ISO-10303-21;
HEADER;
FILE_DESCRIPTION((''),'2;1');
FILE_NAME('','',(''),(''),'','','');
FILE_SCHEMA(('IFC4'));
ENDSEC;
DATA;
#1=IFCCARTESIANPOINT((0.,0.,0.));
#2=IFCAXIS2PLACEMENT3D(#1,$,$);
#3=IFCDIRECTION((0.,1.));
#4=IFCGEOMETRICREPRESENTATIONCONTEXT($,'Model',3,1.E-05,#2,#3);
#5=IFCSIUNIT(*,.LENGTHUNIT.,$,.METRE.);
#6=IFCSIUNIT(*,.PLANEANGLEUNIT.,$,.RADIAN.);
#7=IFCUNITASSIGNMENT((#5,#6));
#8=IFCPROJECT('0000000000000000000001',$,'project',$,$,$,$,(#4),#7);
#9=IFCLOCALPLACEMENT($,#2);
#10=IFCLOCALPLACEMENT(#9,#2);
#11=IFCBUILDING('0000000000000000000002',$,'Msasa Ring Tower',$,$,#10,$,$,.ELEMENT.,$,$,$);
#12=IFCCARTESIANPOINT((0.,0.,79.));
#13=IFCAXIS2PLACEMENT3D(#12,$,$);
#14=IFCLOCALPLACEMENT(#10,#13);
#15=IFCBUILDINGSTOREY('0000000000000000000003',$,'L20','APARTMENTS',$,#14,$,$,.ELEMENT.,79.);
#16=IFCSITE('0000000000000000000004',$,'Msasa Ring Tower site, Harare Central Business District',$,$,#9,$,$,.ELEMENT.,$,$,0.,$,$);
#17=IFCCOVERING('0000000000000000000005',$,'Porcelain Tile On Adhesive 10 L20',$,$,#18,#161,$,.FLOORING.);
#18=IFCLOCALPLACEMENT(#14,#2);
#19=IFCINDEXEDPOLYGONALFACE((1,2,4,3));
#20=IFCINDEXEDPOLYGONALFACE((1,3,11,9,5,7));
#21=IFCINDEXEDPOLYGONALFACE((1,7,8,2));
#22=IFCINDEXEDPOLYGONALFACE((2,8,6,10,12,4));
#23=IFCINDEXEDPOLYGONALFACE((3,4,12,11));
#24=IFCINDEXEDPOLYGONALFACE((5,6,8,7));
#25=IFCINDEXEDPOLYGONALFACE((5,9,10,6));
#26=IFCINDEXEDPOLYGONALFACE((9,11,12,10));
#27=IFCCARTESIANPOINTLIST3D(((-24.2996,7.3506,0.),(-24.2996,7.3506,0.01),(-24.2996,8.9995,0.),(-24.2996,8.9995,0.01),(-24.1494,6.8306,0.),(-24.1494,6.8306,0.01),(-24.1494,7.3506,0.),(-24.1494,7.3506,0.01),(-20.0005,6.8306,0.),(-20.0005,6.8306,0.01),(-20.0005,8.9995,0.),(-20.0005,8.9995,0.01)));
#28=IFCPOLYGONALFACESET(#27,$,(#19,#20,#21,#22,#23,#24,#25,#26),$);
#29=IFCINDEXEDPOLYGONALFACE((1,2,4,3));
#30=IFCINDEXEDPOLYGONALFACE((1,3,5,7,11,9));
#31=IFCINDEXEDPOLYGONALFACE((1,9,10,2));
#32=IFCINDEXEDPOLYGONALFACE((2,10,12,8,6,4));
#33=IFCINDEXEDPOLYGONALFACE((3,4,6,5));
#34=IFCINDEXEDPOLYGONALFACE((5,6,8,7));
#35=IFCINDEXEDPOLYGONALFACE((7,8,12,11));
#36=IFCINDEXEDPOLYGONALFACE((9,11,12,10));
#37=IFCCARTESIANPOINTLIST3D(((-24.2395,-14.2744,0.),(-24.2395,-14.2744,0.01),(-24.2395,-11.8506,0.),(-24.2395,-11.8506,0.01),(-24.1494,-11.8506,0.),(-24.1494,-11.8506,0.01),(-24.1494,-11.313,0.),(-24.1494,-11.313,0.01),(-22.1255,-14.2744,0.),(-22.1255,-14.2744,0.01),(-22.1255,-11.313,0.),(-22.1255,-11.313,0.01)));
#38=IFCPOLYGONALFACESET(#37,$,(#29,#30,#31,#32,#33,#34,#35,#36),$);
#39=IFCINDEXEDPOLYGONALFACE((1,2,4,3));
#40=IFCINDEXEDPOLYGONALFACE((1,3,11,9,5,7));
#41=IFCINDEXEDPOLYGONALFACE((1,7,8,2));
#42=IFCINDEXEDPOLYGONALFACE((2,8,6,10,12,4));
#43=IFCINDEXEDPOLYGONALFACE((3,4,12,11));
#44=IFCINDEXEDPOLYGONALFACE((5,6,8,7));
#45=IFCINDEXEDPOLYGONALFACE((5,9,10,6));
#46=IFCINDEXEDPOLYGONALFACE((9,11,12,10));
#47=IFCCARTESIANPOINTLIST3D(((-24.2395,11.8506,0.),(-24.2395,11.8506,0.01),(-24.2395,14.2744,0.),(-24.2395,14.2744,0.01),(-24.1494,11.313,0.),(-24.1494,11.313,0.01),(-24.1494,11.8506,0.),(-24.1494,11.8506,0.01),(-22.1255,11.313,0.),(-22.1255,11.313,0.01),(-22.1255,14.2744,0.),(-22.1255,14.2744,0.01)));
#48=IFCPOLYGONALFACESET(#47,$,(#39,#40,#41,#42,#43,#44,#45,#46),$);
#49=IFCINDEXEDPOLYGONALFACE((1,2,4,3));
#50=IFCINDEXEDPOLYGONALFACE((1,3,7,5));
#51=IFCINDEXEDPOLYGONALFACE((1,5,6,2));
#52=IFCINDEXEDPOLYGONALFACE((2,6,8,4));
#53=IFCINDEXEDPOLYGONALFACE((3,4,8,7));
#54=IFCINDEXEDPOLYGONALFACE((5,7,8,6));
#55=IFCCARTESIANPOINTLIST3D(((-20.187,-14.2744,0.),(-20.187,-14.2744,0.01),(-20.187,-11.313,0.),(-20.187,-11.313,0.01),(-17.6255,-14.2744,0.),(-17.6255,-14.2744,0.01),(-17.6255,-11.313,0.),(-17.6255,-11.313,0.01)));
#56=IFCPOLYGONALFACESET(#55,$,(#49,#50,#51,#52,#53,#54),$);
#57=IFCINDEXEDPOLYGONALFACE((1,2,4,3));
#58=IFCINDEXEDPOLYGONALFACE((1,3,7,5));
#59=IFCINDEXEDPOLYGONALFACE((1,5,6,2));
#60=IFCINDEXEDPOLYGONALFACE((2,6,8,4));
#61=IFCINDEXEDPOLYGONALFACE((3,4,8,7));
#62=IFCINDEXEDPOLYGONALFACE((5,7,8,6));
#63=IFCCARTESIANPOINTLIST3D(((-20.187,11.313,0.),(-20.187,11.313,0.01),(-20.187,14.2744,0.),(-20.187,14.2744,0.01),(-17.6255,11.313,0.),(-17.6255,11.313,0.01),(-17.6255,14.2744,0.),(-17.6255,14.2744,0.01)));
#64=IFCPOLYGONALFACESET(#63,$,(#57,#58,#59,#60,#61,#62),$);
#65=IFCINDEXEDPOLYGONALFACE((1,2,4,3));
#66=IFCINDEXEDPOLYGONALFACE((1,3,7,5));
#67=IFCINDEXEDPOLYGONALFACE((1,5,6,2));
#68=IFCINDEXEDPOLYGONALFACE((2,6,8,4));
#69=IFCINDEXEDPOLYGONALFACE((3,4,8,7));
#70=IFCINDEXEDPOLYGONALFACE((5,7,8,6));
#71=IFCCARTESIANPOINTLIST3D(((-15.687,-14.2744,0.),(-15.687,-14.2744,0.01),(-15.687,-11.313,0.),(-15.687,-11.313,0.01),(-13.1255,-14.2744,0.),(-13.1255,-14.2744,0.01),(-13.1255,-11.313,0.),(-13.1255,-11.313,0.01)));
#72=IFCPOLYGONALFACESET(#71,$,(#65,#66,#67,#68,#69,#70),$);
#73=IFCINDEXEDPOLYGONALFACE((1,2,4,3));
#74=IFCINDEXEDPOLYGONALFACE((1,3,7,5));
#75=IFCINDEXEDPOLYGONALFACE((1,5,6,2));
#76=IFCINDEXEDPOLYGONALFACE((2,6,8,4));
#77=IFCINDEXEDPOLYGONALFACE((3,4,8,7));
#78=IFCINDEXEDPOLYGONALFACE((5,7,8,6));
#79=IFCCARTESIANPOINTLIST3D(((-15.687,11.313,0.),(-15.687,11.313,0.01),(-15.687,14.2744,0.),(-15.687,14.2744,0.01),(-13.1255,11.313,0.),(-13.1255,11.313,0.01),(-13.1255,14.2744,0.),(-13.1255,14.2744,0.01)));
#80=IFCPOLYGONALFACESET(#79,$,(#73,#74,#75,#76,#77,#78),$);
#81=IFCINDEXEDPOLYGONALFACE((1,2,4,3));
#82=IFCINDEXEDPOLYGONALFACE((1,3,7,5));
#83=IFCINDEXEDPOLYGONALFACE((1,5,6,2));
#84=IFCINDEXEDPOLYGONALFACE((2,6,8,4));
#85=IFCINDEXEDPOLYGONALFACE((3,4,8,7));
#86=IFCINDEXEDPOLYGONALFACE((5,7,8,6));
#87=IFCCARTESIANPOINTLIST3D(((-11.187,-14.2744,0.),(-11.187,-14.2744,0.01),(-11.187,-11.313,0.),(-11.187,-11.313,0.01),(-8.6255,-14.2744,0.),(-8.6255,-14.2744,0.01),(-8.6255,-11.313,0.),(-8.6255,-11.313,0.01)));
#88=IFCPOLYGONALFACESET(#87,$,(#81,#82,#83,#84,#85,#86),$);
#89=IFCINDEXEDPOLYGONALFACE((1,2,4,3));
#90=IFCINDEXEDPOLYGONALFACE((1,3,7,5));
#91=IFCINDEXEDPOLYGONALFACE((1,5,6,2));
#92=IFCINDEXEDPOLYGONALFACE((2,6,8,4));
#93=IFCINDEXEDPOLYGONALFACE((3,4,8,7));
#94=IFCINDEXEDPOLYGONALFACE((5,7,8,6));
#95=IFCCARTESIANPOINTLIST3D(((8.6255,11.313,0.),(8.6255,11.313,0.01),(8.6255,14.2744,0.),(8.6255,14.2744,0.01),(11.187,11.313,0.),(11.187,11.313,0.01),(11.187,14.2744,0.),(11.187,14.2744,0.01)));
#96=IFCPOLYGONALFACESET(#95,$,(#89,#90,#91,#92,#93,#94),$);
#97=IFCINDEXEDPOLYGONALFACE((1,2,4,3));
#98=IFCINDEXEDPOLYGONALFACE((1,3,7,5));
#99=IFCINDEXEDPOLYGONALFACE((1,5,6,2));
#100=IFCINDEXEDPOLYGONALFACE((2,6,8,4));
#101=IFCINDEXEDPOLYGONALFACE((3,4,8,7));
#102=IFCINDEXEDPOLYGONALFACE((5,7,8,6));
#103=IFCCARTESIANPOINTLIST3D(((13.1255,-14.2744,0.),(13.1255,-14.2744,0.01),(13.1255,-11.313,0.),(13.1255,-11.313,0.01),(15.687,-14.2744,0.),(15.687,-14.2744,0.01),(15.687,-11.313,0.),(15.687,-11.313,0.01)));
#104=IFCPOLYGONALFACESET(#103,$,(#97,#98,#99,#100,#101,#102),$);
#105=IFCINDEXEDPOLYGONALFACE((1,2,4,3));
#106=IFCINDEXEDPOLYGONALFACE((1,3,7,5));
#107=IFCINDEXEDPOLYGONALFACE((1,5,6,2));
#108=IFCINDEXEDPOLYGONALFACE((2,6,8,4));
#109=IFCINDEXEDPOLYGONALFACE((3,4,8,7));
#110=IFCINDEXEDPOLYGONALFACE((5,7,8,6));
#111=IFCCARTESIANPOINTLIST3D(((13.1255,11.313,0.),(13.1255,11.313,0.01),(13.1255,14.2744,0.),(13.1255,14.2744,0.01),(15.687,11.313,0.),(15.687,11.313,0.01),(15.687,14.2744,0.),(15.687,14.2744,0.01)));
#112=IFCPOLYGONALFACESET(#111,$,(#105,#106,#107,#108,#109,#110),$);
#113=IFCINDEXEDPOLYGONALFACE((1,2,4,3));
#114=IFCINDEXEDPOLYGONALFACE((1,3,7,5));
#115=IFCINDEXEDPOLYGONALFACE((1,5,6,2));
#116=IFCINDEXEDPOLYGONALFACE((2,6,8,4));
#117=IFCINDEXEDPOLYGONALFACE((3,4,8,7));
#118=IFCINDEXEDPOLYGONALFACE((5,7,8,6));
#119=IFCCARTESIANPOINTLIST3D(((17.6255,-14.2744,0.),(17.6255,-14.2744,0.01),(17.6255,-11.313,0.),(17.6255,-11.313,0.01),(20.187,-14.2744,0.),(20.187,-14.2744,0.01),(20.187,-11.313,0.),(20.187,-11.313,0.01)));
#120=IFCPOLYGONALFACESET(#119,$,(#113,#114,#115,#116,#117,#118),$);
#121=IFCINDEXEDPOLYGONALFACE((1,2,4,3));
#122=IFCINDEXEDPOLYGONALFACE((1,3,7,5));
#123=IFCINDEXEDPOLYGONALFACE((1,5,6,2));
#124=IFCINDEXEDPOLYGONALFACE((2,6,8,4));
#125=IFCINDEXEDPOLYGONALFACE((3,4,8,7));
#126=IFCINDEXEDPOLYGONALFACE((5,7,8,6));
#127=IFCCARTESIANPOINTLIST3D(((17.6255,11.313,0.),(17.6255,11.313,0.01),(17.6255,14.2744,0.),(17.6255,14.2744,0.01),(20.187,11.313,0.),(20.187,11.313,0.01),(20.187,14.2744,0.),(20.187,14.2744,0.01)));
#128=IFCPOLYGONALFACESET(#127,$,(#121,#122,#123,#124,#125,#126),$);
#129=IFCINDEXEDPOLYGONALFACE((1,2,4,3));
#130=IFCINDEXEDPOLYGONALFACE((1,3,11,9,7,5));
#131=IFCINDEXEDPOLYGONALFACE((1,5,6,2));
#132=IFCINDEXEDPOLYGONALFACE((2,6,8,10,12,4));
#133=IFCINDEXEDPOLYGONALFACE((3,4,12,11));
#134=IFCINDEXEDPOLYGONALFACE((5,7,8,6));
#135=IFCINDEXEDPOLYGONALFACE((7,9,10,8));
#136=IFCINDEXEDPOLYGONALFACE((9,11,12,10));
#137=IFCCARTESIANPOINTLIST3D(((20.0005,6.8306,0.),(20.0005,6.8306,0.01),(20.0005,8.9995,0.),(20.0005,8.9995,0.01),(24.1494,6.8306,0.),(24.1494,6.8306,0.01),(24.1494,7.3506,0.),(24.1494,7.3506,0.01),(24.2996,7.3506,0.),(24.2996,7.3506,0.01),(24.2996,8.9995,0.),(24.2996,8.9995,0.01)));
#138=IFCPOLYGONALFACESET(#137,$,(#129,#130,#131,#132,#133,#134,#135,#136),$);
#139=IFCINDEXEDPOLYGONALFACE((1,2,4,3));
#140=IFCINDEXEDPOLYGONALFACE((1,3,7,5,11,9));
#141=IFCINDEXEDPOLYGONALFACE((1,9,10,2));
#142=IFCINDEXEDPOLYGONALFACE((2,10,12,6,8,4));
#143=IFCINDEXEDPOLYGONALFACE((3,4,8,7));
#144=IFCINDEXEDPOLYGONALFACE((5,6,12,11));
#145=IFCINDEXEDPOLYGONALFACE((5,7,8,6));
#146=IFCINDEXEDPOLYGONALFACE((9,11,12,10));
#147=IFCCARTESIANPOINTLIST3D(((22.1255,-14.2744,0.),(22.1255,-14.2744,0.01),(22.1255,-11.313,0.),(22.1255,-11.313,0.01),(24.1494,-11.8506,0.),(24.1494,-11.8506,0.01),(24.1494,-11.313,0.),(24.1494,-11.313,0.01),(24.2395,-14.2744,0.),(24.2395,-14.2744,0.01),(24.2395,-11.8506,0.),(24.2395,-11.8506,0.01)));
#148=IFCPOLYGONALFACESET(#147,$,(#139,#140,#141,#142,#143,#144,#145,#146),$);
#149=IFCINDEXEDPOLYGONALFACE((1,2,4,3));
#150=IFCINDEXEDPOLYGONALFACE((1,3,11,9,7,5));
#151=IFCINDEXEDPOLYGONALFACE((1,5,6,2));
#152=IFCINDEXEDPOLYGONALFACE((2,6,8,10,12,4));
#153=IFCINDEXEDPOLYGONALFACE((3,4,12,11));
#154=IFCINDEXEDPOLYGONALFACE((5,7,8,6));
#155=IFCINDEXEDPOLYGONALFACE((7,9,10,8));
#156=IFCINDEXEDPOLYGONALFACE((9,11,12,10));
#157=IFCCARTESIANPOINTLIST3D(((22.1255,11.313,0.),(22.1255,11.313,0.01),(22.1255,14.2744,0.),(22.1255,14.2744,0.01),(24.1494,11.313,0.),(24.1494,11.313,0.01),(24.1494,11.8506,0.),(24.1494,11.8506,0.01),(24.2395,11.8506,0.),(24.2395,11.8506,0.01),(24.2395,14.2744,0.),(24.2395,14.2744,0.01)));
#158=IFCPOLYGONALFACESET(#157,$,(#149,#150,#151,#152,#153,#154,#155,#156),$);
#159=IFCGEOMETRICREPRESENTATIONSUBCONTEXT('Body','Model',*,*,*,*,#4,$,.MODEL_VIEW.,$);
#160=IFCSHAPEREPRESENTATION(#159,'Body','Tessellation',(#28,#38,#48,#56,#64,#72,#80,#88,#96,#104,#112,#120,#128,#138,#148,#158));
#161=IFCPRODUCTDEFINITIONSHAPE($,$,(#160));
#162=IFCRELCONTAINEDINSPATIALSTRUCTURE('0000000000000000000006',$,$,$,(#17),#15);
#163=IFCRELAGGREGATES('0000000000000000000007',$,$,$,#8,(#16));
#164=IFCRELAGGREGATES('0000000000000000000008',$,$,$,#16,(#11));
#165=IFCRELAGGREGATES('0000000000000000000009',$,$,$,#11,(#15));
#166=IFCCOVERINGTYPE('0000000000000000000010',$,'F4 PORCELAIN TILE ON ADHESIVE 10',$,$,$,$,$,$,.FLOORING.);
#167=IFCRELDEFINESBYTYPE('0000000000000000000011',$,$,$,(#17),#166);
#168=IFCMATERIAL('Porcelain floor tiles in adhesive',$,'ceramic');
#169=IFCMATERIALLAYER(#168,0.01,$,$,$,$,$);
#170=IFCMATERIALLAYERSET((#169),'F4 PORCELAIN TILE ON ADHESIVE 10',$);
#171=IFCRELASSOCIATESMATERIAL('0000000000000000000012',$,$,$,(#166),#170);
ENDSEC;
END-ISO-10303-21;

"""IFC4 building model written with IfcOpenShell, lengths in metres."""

from ifc_helpers import new_model, si_unit, direction, frame, origin, place, context, subcontext, project, spatial, line, indexed_curve, outline, extrude, material, layer, layer_set, type_object, element, save


model = new_model("IFC4")

# Units and contexts
model_context = context("Model", 3, precision=1e-05, world=origin(), true_north=direction((0.0, 1.0)))
body_context = subcontext(model_context, "Body", "Model", "MODEL_VIEW")
ifc_project = project(units=[si_unit("LENGTHUNIT", "METRE"), si_unit("PLANEANGLEUNIT", "RADIAN")], contexts=[model_context])

# Site, building, storey
site_placement = place(None, origin())
site = spatial("IfcSite", under=ifc_project, at=site_placement, Name="Msasa Ring Tower site, Harare Central Business District", CompositionType="ELEMENT", RefElevation=0.0)
building_placement = place(site_placement, origin())
building = spatial("IfcBuilding", under=site, at=building_placement, Name="Msasa Ring Tower", CompositionType="ELEMENT")
storey_placement = place(building_placement, frame((0.0, 0.0, 79.0)))
storey = spatial("IfcBuildingStorey", under=building, at=storey_placement, Name="L20", Description="APARTMENTS", CompositionType="ELEMENT", Elevation=79.0)

# Covering
ifc_material_1 = material(Name="Porcelain floor tiles in adhesive", Category="ceramic")
ifc_layer_1 = layer(ifc_material_1, 0.01)
ifc_layer_set_1 = layer_set([ifc_layer_1], Name="F4 PORCELAIN TILE ON ADHESIVE 10")
covering_type_1 = type_object("IfcCoveringType", Name="F4 PORCELAIN TILE ON ADHESIVE 10", PredefinedType="FLOORING", material=ifc_layer_set_1)
covering_1_placement = place(storey_placement, origin())
element("IfcCovering", 1, at=covering_1_placement, inside=storey, type_object=covering_type_1, Name="Porcelain Tile On Adhesive 10 L20", PredefinedType="FLOORING", context=body_context, shape_type="SweptSolid", body=[
    extrude(outline(indexed_curve([(-24.1494, 6.8306), (-24.1494, 7.3506), (-24.2996, 7.3506), (-24.2996, 8.9995), (-20.0005, 8.9995), (-20.0005, 6.8306)], segments=[line(1, 2, 3, 4, 5, 6, 1)], self_intersect=False)), origin(), (0.0, 0.0, 1.0), 0.01),
    extrude(outline(indexed_curve([(-22.1255, -11.313), (-22.1255, -14.2744), (-24.2395, -14.2744), (-24.2395, -11.8506), (-24.1494, -11.8506), (-24.1494, -11.313)], segments=[line(1, 2, 3, 4, 5, 6, 1)], self_intersect=False)), origin(), (0.0, 0.0, 1.0), 0.01),
    extrude(outline(indexed_curve([(-24.1494, 11.313), (-24.1494, 11.8506), (-24.2395, 11.8506), (-24.2395, 14.2744), (-22.1255, 14.2744), (-22.1255, 11.313)], segments=[line(1, 2, 3, 4, 5, 6, 1)], self_intersect=False)), origin(), (0.0, 0.0, 1.0), 0.01),
    extrude(outline(indexed_curve([(-17.6255, -11.313), (-17.6255, -14.2744), (-20.187, -14.2744), (-20.187, -11.313)], segments=[line(1, 2, 3, 4, 1)], self_intersect=False)), origin(), (0.0, 0.0, 1.0), 0.01),
    extrude(outline(indexed_curve([(-20.187, 11.313), (-20.187, 14.2744), (-17.6255, 14.2744), (-17.6255, 11.313)], segments=[line(1, 2, 3, 4, 1)], self_intersect=False)), origin(), (0.0, 0.0, 1.0), 0.01),
    extrude(outline(indexed_curve([(-13.1255, -11.313), (-13.1255, -14.2744), (-15.687, -14.2744), (-15.687, -11.313)], segments=[line(1, 2, 3, 4, 1)], self_intersect=False)), origin(), (0.0, 0.0, 1.0), 0.01),
    extrude(outline(indexed_curve([(-15.687, 11.313), (-15.687, 14.2744), (-13.1255, 14.2744), (-13.1255, 11.313)], segments=[line(1, 2, 3, 4, 1)], self_intersect=False)), origin(), (0.0, 0.0, 1.0), 0.01),
    extrude(outline(indexed_curve([(-8.6255, -11.313), (-8.6255, -14.2744), (-11.187, -14.2744), (-11.187, -11.313)], segments=[line(1, 2, 3, 4, 1)], self_intersect=False)), origin(), (0.0, 0.0, 1.0), 0.01),
    extrude(outline(indexed_curve([(8.6255, 11.313), (8.6255, 14.2744), (11.187, 14.2744), (11.187, 11.313)], segments=[line(1, 2, 3, 4, 1)], self_intersect=False)), origin(), (0.0, 0.0, 1.0), 0.01),
    extrude(outline(indexed_curve([(15.687, -11.313), (15.687, -14.2744), (13.1255, -14.2744), (13.1255, -11.313)], segments=[line(1, 2, 3, 4, 1)], self_intersect=False)), origin(), (0.0, 0.0, 1.0), 0.01),
    extrude(outline(indexed_curve([(13.1255, 11.313), (13.1255, 14.2744), (15.687, 14.2744), (15.687, 11.313)], segments=[line(1, 2, 3, 4, 1)], self_intersect=False)), origin(), (0.0, 0.0, 1.0), 0.01),
    extrude(outline(indexed_curve([(20.187, -11.313), (20.187, -14.2744), (17.6255, -14.2744), (17.6255, -11.313)], segments=[line(1, 2, 3, 4, 1)], self_intersect=False)), origin(), (0.0, 0.0, 1.0), 0.01),
    extrude(outline(indexed_curve([(17.6255, 11.313), (17.6255, 14.2744), (20.187, 14.2744), (20.187, 11.313)], segments=[line(1, 2, 3, 4, 1)], self_intersect=False)), origin(), (0.0, 0.0, 1.0), 0.01),
    extrude(outline(indexed_curve([(20.0005, 8.9995), (24.2996, 8.9995), (24.2996, 7.3506), (24.1494, 7.3506), (24.1494, 6.8306), (20.0005, 6.8306)], segments=[line(1, 2, 3, 4, 5, 6, 1)], self_intersect=False)), origin(), (0.0, 0.0, 1.0), 0.01),
    extrude(outline(indexed_curve([(24.1494, -11.313), (24.1494, -11.8506), (24.2395, -11.8506), (24.2395, -14.2744), (22.1255, -14.2744), (22.1255, -11.313)], segments=[line(1, 2, 3, 4, 5, 6, 1)], self_intersect=False)), origin(), (0.0, 0.0, 1.0), 0.01),
    extrude(outline(indexed_curve([(24.2395, 11.8506), (24.1494, 11.8506), (24.1494, 11.313), (22.1255, 11.313), (22.1255, 14.2744), (24.2395, 14.2744)], segments=[line(1, 2, 3, 4, 5, 6, 1)], self_intersect=False)), origin(), (0.0, 0.0, 1.0), 0.01),
])

save(model, "model.ifc")
